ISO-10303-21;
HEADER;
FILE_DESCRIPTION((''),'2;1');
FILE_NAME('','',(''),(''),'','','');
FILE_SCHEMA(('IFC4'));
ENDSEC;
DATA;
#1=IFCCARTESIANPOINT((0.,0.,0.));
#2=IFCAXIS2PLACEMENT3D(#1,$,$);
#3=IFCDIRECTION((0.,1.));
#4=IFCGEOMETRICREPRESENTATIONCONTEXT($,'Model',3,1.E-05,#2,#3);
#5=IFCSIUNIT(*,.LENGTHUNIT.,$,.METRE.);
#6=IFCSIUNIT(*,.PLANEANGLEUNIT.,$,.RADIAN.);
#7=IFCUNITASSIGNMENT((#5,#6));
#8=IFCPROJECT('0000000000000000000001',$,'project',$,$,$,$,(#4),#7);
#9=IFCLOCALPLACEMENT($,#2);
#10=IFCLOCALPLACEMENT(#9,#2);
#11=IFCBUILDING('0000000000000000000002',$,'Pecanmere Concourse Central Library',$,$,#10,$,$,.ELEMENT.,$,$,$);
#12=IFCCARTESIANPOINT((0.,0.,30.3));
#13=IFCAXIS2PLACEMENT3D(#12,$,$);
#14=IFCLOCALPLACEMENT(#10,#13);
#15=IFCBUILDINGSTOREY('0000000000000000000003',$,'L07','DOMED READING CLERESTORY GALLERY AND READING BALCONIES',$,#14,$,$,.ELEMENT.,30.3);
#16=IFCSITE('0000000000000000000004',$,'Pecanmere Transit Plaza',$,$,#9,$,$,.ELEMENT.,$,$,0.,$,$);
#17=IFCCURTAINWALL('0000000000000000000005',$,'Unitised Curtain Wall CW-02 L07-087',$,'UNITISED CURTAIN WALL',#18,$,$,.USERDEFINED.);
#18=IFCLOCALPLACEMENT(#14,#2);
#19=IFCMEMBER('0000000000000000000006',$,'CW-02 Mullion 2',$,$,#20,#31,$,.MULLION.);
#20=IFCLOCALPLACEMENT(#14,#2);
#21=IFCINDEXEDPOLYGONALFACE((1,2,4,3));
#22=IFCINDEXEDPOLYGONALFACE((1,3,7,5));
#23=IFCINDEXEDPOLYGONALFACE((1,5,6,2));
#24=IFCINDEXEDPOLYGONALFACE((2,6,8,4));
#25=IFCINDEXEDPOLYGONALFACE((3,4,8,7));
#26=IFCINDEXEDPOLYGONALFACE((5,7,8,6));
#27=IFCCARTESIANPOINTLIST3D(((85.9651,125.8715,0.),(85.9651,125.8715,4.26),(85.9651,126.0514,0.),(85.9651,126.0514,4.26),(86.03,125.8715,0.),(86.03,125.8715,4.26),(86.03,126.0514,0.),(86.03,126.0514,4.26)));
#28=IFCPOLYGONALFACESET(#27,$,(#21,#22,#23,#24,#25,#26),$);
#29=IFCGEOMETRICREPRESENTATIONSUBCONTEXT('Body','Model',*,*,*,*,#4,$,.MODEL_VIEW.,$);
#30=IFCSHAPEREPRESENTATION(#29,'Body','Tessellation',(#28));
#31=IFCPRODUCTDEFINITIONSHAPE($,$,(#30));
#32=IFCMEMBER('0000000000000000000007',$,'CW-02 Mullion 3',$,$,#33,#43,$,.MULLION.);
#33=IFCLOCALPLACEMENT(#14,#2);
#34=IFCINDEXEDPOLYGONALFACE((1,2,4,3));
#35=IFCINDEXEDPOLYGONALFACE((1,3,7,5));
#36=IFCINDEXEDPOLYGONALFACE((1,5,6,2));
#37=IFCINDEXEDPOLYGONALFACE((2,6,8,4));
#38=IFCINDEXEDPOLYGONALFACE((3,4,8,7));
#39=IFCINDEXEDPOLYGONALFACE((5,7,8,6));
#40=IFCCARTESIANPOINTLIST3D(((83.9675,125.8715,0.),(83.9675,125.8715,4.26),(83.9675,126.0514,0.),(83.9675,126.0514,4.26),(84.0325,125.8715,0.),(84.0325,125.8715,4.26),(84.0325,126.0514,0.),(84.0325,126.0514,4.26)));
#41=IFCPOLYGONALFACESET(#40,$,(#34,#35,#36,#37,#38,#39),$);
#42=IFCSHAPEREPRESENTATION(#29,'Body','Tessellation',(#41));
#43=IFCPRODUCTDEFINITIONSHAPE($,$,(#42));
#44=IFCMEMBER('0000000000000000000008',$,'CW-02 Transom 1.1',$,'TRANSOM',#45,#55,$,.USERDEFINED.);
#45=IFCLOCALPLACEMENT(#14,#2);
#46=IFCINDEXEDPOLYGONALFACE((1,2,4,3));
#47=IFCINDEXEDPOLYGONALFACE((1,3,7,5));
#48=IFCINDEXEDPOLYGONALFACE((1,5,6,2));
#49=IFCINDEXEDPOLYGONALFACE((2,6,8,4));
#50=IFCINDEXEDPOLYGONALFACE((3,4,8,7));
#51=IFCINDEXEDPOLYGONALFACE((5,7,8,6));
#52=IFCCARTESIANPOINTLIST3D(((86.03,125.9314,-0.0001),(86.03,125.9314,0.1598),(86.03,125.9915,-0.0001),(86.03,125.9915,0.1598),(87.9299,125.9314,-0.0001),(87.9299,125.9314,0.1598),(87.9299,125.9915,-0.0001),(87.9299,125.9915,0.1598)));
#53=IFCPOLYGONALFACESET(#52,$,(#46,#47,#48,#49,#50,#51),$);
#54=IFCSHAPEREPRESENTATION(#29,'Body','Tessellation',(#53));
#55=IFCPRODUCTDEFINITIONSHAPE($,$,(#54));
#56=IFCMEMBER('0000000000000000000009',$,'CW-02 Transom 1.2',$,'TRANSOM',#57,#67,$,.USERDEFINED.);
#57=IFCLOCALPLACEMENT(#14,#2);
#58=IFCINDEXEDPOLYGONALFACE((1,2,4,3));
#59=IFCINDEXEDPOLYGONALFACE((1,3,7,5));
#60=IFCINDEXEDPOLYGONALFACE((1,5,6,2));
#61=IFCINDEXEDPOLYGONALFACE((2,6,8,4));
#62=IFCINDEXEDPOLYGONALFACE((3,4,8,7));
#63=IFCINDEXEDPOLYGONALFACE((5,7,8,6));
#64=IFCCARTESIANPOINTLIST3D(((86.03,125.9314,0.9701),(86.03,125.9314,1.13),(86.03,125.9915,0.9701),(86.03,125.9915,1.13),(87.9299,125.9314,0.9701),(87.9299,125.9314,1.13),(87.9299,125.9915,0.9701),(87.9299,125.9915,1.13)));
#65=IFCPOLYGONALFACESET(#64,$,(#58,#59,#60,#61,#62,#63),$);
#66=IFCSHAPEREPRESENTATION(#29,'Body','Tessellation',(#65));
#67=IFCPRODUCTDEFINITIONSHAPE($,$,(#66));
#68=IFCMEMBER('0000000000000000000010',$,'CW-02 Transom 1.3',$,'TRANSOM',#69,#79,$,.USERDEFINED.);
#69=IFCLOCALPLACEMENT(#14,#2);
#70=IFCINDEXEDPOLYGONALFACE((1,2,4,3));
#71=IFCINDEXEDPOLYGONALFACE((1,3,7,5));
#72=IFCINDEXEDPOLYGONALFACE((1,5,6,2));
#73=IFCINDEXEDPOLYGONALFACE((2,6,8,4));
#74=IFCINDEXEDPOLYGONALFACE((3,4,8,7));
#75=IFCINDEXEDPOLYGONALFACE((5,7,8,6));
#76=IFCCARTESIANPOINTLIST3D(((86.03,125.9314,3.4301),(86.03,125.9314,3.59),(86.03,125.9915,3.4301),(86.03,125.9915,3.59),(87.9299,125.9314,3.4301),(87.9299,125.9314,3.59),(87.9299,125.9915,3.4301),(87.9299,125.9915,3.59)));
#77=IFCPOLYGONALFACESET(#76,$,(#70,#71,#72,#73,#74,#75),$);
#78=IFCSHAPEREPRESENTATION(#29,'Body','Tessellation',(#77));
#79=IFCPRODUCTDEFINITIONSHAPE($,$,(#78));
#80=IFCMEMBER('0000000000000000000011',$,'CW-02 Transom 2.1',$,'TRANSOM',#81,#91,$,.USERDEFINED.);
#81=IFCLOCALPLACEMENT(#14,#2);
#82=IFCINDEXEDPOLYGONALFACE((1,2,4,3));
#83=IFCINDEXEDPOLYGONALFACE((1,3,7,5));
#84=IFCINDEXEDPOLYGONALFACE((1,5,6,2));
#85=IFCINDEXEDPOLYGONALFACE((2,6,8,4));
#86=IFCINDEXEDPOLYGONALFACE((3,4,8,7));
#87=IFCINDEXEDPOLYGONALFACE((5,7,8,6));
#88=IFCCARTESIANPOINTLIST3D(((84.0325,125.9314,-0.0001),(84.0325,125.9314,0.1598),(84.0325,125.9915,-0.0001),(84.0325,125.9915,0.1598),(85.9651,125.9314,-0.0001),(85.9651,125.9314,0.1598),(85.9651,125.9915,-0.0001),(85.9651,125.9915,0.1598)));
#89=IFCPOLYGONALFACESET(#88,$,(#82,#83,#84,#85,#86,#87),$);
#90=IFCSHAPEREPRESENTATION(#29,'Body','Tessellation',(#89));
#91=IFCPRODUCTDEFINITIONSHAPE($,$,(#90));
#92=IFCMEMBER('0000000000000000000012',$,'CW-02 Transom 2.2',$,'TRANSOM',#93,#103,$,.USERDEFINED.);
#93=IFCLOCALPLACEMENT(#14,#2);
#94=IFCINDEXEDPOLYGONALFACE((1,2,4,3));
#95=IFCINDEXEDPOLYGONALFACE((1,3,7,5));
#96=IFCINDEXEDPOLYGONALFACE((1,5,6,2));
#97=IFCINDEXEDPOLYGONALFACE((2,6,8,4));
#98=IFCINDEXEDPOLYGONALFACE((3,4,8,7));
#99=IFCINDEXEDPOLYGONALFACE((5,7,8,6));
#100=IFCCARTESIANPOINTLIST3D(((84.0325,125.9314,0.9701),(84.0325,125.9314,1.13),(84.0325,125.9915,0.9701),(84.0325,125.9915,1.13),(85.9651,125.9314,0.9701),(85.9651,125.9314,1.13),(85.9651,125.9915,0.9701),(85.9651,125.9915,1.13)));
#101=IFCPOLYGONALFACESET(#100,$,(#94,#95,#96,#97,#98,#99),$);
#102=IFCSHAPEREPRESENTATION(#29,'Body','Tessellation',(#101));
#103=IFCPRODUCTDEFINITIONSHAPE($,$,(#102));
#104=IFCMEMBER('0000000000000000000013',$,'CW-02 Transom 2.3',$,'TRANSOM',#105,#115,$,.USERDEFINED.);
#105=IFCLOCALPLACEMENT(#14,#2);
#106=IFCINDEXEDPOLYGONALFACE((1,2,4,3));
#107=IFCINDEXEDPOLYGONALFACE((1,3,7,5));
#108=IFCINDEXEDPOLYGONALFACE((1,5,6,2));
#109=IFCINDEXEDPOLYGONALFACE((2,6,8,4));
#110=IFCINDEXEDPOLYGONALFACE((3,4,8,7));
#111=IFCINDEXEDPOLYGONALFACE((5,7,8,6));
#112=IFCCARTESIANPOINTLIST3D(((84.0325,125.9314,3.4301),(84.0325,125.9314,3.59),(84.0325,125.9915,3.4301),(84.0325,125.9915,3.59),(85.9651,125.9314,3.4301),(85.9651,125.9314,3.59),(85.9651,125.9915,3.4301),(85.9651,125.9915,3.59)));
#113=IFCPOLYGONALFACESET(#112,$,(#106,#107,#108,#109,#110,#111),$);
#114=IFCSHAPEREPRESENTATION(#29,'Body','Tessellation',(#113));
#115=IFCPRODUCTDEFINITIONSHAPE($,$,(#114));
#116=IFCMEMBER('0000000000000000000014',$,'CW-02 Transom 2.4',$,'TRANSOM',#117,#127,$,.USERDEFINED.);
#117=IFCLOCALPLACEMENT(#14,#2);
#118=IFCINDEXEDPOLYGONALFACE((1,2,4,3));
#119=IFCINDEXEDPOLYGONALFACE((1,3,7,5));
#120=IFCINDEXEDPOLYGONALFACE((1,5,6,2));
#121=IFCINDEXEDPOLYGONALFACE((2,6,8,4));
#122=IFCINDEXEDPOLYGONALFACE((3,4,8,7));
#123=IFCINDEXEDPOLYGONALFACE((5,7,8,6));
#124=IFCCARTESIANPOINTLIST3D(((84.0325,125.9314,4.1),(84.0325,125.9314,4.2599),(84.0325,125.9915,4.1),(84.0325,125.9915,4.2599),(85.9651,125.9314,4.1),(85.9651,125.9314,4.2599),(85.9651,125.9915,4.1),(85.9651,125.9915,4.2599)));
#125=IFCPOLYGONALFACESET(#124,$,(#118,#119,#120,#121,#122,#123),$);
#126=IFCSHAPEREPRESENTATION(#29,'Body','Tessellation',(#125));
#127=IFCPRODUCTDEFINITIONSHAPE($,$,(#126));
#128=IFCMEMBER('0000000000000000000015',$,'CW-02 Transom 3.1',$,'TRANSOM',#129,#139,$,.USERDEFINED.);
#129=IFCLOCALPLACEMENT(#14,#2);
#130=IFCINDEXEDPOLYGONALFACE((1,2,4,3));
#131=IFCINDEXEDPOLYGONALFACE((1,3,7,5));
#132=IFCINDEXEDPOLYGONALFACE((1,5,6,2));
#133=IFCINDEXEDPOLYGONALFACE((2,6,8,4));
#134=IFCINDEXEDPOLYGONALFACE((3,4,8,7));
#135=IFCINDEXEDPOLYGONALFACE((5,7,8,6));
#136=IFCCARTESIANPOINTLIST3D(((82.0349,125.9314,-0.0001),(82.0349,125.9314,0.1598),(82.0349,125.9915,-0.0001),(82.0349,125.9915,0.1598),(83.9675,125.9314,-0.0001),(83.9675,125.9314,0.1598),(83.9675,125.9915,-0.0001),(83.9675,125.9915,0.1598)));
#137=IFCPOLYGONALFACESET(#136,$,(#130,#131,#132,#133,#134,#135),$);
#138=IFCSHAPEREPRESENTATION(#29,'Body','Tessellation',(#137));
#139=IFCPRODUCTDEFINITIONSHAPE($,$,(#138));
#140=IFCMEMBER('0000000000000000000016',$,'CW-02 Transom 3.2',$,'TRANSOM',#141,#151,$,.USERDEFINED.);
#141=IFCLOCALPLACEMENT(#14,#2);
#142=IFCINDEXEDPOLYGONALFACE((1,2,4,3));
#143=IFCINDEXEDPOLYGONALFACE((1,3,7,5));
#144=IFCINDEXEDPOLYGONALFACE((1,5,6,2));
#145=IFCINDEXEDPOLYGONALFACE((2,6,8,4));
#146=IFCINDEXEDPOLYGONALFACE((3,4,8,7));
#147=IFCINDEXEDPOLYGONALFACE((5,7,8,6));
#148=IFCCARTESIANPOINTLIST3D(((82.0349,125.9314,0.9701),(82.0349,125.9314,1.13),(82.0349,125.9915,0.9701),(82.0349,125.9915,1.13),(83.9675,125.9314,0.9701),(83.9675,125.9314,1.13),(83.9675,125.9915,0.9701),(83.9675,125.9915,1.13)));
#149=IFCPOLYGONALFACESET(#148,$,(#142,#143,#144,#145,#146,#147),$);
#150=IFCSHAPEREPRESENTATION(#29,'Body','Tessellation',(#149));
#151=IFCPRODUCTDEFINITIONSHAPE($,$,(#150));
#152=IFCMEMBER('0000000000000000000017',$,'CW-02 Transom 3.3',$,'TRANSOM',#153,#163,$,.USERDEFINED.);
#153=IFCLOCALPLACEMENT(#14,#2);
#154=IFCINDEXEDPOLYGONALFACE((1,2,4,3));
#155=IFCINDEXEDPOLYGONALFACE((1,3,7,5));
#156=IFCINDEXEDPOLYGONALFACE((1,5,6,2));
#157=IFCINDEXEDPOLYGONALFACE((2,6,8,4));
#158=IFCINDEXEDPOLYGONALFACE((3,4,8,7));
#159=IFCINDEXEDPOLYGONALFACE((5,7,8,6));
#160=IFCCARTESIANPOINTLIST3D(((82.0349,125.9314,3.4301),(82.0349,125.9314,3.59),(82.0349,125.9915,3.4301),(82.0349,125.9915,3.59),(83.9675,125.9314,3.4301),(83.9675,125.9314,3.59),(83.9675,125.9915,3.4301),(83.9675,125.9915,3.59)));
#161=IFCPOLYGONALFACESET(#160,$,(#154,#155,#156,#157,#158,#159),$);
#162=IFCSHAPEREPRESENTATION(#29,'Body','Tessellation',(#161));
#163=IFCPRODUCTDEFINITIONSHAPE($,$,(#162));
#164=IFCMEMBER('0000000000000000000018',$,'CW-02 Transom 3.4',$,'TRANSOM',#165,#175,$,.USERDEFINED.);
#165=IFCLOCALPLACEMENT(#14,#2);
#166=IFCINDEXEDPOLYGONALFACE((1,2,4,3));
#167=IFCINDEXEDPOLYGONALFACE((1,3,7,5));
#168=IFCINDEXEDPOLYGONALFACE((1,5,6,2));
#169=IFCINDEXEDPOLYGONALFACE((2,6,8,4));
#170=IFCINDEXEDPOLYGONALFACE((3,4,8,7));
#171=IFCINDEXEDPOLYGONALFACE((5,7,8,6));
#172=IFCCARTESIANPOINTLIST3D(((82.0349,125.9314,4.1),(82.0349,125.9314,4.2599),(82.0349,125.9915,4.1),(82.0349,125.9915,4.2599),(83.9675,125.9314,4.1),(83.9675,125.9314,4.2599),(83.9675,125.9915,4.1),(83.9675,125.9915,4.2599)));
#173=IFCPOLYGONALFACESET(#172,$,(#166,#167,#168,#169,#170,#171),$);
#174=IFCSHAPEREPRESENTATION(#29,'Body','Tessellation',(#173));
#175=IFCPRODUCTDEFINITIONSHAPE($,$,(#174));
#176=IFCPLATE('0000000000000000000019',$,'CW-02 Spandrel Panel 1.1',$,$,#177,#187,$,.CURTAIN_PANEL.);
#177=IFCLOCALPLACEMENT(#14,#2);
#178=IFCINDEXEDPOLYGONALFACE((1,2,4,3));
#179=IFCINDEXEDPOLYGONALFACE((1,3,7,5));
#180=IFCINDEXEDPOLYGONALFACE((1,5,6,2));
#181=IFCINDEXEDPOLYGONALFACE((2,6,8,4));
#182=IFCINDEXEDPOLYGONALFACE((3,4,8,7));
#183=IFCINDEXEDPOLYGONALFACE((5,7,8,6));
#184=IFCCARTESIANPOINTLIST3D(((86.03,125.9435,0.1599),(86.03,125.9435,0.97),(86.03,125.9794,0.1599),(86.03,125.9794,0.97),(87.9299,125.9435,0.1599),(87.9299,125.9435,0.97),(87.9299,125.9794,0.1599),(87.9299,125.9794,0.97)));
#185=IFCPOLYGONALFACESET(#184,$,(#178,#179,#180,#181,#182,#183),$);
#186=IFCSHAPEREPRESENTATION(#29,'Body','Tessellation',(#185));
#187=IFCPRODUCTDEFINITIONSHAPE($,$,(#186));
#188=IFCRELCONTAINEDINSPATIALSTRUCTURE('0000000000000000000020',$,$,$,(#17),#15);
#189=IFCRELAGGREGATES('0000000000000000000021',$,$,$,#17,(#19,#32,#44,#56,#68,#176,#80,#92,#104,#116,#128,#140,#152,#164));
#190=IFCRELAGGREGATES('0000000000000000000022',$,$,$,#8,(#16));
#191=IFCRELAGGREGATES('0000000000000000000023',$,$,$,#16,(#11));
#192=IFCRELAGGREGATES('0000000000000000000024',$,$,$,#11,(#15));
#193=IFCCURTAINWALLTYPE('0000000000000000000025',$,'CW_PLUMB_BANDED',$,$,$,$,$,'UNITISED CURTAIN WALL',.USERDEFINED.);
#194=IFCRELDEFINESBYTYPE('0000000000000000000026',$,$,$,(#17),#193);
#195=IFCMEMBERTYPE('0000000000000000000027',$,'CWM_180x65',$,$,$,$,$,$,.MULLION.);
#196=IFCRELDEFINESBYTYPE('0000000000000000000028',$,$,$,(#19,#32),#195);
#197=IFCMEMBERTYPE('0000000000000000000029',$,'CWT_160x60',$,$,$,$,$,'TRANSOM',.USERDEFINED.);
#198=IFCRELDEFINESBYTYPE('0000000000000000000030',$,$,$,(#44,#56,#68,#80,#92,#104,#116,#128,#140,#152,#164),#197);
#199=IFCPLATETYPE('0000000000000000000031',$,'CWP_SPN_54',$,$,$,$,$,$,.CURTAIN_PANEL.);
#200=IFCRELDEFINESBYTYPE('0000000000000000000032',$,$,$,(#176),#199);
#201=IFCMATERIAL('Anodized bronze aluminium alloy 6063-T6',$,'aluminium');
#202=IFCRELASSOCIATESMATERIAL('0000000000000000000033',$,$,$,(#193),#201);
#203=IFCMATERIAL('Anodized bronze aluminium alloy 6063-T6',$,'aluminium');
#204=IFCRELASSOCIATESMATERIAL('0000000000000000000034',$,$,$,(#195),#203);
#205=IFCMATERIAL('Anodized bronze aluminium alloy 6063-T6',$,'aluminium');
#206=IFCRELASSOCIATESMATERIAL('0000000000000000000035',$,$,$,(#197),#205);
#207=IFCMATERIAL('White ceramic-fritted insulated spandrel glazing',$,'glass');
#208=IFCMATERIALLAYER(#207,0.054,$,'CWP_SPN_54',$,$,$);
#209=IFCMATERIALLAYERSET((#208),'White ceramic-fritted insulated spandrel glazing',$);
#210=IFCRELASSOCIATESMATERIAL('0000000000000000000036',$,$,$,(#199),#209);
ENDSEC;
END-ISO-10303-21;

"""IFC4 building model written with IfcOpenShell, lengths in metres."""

from ifc_helpers import new_model, si_unit, direction, frame, origin, origin_2d, place, context, subcontext, project, spatial, rectangle, extrude, material, layer, layer_set, material_profile, profile_set, type_object, element, aggregate, save


model = new_model("IFC4")

# Units and contexts
model_context = context("Model", 3, precision=1e-05, world=origin(), true_north=direction((0.0, 1.0)))
body_context = subcontext(model_context, "Body", "Model", "MODEL_VIEW")
ifc_project = project(units=[si_unit("LENGTHUNIT", "METRE"), si_unit("PLANEANGLEUNIT", "RADIAN")], contexts=[model_context])

# Site, building, storey
site_placement = place(None, origin())
site = spatial("IfcSite", under=ifc_project, at=site_placement, Name="Pecanmere Transit Plaza", CompositionType="ELEMENT", RefElevation=0.0)
building_placement = place(site_placement, origin())
building = spatial("IfcBuilding", under=site, at=building_placement, Name="Pecanmere Concourse Central Library", CompositionType="ELEMENT")
storey_placement = place(building_placement, frame((0.0, 0.0, 30.3)))
storey = spatial("IfcBuildingStorey", under=building, at=storey_placement, Name="L07", Description="DOMED READING CLERESTORY GALLERY AND READING BALCONIES", CompositionType="ELEMENT", Elevation=30.3)

# Curtain wall, members, plate
ifc_material_1 = material(Name="Anodized bronze aluminium alloy 6063-T6", Category="aluminium")
curtain_wall_type = type_object("IfcCurtainWallType", Name="CW_PLUMB_BANDED", ElementType="UNITISED CURTAIN WALL", PredefinedType="USERDEFINED", material=ifc_material_1)
curtain_wall_placement = place(storey_placement, origin())
curtain_wall = element("IfcCurtainWall", 1, at=curtain_wall_placement, inside=storey, type_object=curtain_wall_type, Name="Unitised Curtain Wall CW-02 L07-087", ObjectType="UNITISED CURTAIN WALL", PredefinedType="USERDEFINED")
ifc_material_2 = material(Name="Anodized bronze aluminium alloy 6063-T6", Category="aluminium")
ifc_material_profile_1 = material_profile(ifc_material_2, rectangle(XDim=0.0649, YDim=0.1799, at=origin_2d()), Name="AL 65x180")
ifc_profile_set_1 = profile_set([ifc_material_profile_1], Name="Anodized bronze aluminium alloy 6063-T6")
member_type_1 = type_object("IfcMemberType", Name="CWM_180x65", PredefinedType="MULLION", material=ifc_profile_set_1)
member_1_placement = place(storey_placement, frame((85.9976, 125.9614, 0.0), z_axis=(0.0, 0.0, 1.0), x_axis=(-1.0, 0.0, 0.0)))
member_1 = element("IfcMember", 2, at=member_1_placement, type_object=member_type_1, Name="CW-02 Mullion 2", PredefinedType="MULLION", context=body_context, shape_type="SweptSolid", body=[
    extrude(rectangle(XDim=0.0649, YDim=0.1799, at=origin_2d()), origin(), (0.0, 0.0, 1.0), 4.26),
])
member_2_placement = place(storey_placement, frame((84.0, 125.9614, 0.0), z_axis=(0.0, 0.0, 1.0), x_axis=(-1.0, 0.0, 0.0)))
member_2 = element("IfcMember", 3, at=member_2_placement, type_object=member_type_1, Name="CW-02 Mullion 3", PredefinedType="MULLION", context=body_context, shape_type="SweptSolid", body=[
    extrude(rectangle(XDim=0.0649, YDim=0.1799, at=origin_2d()), origin(), (0.0, 0.0, 1.0), 4.26),
])
ifc_material_3 = material(Name="Anodized bronze aluminium alloy 6063-T6", Category="aluminium")
ifc_material_profile_2 = material_profile(ifc_material_3, rectangle(XDim=0.0601, YDim=0.1599, at=origin_2d()), Name="AL 60x160")
ifc_profile_set_2 = profile_set([ifc_material_profile_2], Name="Anodized bronze aluminium alloy 6063-T6")
member_type_2 = type_object("IfcMemberType", Name="CWT_160x60", ElementType="TRANSOM", PredefinedType="USERDEFINED", material=ifc_profile_set_2)
member_3_placement = place(storey_placement, frame((87.9299, 125.9614, 0.0798), z_axis=(-1.0, 0.0, 0.0), x_axis=(0.0, -1.0, 0.0)))
member_3 = element("IfcMember", 4, at=member_3_placement, type_object=member_type_2, Name="CW-02 Transom 1.1", ObjectType="TRANSOM", PredefinedType="USERDEFINED", context=body_context, shape_type="SweptSolid", body=[
    extrude(rectangle(XDim=0.0601, YDim=0.1599, at=origin_2d()), origin(), (0.0, 0.0, 1.0), 1.8999),
])
member_4_placement = place(storey_placement, frame((87.9299, 125.9614, 1.05), z_axis=(-1.0, 0.0, 0.0), x_axis=(0.0, -1.0, 0.0)))
member_4 = element("IfcMember", 5, at=member_4_placement, type_object=member_type_2, Name="CW-02 Transom 1.2", ObjectType="TRANSOM", PredefinedType="USERDEFINED", context=body_context, shape_type="SweptSolid", body=[
    extrude(rectangle(XDim=0.0601, YDim=0.1599, at=origin_2d()), origin(), (0.0, 0.0, 1.0), 1.8999),
])
member_5_placement = place(storey_placement, frame((87.9299, 125.9614, 3.51), z_axis=(-1.0, 0.0, 0.0), x_axis=(0.0, -1.0, 0.0)))
member_5 = element("IfcMember", 6, at=member_5_placement, type_object=member_type_2, Name="CW-02 Transom 1.3", ObjectType="TRANSOM", PredefinedType="USERDEFINED", context=body_context, shape_type="SweptSolid", body=[
    extrude(rectangle(XDim=0.0601, YDim=0.1599, at=origin_2d()), origin(), (0.0, 0.0, 1.0), 1.8999),
])
member_6_placement = place(storey_placement, frame((85.9651, 125.9614, 0.0798), z_axis=(-1.0, 0.0, 0.0), x_axis=(0.0, -1.0, 0.0)))
member_6 = element("IfcMember", 7, at=member_6_placement, type_object=member_type_2, Name="CW-02 Transom 2.1", ObjectType="TRANSOM", PredefinedType="USERDEFINED", context=body_context, shape_type="SweptSolid", body=[
    extrude(rectangle(XDim=0.0601, YDim=0.1599, at=origin_2d()), origin(), (0.0, 0.0, 1.0), 1.9326),
])
member_7_placement = place(storey_placement, frame((85.9651, 125.9614, 1.05), z_axis=(-1.0, 0.0, 0.0), x_axis=(0.0, -1.0, 0.0)))
member_7 = element("IfcMember", 8, at=member_7_placement, type_object=member_type_2, Name="CW-02 Transom 2.2", ObjectType="TRANSOM", PredefinedType="USERDEFINED", context=body_context, shape_type="SweptSolid", body=[
    extrude(rectangle(XDim=0.0601, YDim=0.1599, at=origin_2d()), origin(), (0.0, 0.0, 1.0), 1.9326),
])
member_8_placement = place(storey_placement, frame((85.9651, 125.9614, 3.51), z_axis=(-1.0, 0.0, 0.0), x_axis=(0.0, -1.0, 0.0)))
member_8 = element("IfcMember", 9, at=member_8_placement, type_object=member_type_2, Name="CW-02 Transom 2.3", ObjectType="TRANSOM", PredefinedType="USERDEFINED", context=body_context, shape_type="SweptSolid", body=[
    extrude(rectangle(XDim=0.0601, YDim=0.1599, at=origin_2d()), origin(), (0.0, 0.0, 1.0), 1.9326),
])
member_9_placement = place(storey_placement, frame((85.9651, 125.9614, 4.1799), z_axis=(-1.0, 0.0, 0.0), x_axis=(0.0, -1.0, 0.0)))
member_9 = element("IfcMember", 10, at=member_9_placement, type_object=member_type_2, Name="CW-02 Transom 2.4", ObjectType="TRANSOM", PredefinedType="USERDEFINED", context=body_context, shape_type="SweptSolid", body=[
    extrude(rectangle(XDim=0.0601, YDim=0.1599, at=origin_2d()), origin(), (0.0, 0.0, 1.0), 1.9326),
])
member_10_placement = place(storey_placement, frame((83.9675, 125.9614, 0.0798), z_axis=(-1.0, 0.0, 0.0), x_axis=(0.0, -1.0, 0.0)))
member_10 = element("IfcMember", 11, at=member_10_placement, type_object=member_type_2, Name="CW-02 Transom 3.1", ObjectType="TRANSOM", PredefinedType="USERDEFINED", context=body_context, shape_type="SweptSolid", body=[
    extrude(rectangle(XDim=0.0601, YDim=0.1599, at=origin_2d()), origin(), (0.0, 0.0, 1.0), 1.9326),
])
member_11_placement = place(storey_placement, frame((83.9675, 125.9614, 1.05), z_axis=(-1.0, 0.0, 0.0), x_axis=(0.0, -1.0, 0.0)))
member_11 = element("IfcMember", 12, at=member_11_placement, type_object=member_type_2, Name="CW-02 Transom 3.2", ObjectType="TRANSOM", PredefinedType="USERDEFINED", context=body_context, shape_type="SweptSolid", body=[
    extrude(rectangle(XDim=0.0601, YDim=0.1599, at=origin_2d()), origin(), (0.0, 0.0, 1.0), 1.9326),
])
member_12_placement = place(storey_placement, frame((83.9675, 125.9614, 3.51), z_axis=(-1.0, 0.0, 0.0), x_axis=(0.0, -1.0, 0.0)))
member_12 = element("IfcMember", 13, at=member_12_placement, type_object=member_type_2, Name="CW-02 Transom 3.3", ObjectType="TRANSOM", PredefinedType="USERDEFINED", context=body_context, shape_type="SweptSolid", body=[
    extrude(rectangle(XDim=0.0601, YDim=0.1599, at=origin_2d()), origin(), (0.0, 0.0, 1.0), 1.9326),
])
member_13_placement = place(storey_placement, frame((83.9675, 125.9614, 4.1799), z_axis=(-1.0, 0.0, 0.0), x_axis=(0.0, -1.0, 0.0)))
member_13 = element("IfcMember", 14, at=member_13_placement, type_object=member_type_2, Name="CW-02 Transom 3.4", ObjectType="TRANSOM", PredefinedType="USERDEFINED", context=body_context, shape_type="SweptSolid", body=[
    extrude(rectangle(XDim=0.0601, YDim=0.1599, at=origin_2d()), origin(), (0.0, 0.0, 1.0), 1.9326),
])
ifc_material_4 = material(Name="White ceramic-fritted insulated spandrel glazing", Category="glass")
ifc_layer_1 = layer(ifc_material_4, 0.054, Name="CWP_SPN_54")
ifc_layer_set_1 = layer_set([ifc_layer_1], Name="White ceramic-fritted insulated spandrel glazing")
plate_type_1 = type_object("IfcPlateType", Name="CWP_SPN_54", PredefinedType="CURTAIN_PANEL", material=ifc_layer_set_1)
plate_1_placement = place(storey_placement, frame((86.98, 125.9614, 0.1599), z_axis=(0.0, 0.0, 1.0), x_axis=(-1.0, 0.0, 0.0)))
plate_1 = element("IfcPlate", 15, at=plate_1_placement, type_object=plate_type_1, Name="CW-02 Spandrel Panel 1.1", PredefinedType="CURTAIN_PANEL", context=body_context, shape_type="SweptSolid", body=[
    extrude(rectangle(XDim=1.8999, YDim=0.0359, at=origin_2d()), origin(), (0.0, 0.0, 1.0), 0.8101),
])
aggregate(curtain_wall, [member_1, member_2, member_3, member_4, member_5, plate_1, member_6, member_7, member_8, member_9, member_10, member_11, member_12, member_13])

save(model, "model.ifc")
